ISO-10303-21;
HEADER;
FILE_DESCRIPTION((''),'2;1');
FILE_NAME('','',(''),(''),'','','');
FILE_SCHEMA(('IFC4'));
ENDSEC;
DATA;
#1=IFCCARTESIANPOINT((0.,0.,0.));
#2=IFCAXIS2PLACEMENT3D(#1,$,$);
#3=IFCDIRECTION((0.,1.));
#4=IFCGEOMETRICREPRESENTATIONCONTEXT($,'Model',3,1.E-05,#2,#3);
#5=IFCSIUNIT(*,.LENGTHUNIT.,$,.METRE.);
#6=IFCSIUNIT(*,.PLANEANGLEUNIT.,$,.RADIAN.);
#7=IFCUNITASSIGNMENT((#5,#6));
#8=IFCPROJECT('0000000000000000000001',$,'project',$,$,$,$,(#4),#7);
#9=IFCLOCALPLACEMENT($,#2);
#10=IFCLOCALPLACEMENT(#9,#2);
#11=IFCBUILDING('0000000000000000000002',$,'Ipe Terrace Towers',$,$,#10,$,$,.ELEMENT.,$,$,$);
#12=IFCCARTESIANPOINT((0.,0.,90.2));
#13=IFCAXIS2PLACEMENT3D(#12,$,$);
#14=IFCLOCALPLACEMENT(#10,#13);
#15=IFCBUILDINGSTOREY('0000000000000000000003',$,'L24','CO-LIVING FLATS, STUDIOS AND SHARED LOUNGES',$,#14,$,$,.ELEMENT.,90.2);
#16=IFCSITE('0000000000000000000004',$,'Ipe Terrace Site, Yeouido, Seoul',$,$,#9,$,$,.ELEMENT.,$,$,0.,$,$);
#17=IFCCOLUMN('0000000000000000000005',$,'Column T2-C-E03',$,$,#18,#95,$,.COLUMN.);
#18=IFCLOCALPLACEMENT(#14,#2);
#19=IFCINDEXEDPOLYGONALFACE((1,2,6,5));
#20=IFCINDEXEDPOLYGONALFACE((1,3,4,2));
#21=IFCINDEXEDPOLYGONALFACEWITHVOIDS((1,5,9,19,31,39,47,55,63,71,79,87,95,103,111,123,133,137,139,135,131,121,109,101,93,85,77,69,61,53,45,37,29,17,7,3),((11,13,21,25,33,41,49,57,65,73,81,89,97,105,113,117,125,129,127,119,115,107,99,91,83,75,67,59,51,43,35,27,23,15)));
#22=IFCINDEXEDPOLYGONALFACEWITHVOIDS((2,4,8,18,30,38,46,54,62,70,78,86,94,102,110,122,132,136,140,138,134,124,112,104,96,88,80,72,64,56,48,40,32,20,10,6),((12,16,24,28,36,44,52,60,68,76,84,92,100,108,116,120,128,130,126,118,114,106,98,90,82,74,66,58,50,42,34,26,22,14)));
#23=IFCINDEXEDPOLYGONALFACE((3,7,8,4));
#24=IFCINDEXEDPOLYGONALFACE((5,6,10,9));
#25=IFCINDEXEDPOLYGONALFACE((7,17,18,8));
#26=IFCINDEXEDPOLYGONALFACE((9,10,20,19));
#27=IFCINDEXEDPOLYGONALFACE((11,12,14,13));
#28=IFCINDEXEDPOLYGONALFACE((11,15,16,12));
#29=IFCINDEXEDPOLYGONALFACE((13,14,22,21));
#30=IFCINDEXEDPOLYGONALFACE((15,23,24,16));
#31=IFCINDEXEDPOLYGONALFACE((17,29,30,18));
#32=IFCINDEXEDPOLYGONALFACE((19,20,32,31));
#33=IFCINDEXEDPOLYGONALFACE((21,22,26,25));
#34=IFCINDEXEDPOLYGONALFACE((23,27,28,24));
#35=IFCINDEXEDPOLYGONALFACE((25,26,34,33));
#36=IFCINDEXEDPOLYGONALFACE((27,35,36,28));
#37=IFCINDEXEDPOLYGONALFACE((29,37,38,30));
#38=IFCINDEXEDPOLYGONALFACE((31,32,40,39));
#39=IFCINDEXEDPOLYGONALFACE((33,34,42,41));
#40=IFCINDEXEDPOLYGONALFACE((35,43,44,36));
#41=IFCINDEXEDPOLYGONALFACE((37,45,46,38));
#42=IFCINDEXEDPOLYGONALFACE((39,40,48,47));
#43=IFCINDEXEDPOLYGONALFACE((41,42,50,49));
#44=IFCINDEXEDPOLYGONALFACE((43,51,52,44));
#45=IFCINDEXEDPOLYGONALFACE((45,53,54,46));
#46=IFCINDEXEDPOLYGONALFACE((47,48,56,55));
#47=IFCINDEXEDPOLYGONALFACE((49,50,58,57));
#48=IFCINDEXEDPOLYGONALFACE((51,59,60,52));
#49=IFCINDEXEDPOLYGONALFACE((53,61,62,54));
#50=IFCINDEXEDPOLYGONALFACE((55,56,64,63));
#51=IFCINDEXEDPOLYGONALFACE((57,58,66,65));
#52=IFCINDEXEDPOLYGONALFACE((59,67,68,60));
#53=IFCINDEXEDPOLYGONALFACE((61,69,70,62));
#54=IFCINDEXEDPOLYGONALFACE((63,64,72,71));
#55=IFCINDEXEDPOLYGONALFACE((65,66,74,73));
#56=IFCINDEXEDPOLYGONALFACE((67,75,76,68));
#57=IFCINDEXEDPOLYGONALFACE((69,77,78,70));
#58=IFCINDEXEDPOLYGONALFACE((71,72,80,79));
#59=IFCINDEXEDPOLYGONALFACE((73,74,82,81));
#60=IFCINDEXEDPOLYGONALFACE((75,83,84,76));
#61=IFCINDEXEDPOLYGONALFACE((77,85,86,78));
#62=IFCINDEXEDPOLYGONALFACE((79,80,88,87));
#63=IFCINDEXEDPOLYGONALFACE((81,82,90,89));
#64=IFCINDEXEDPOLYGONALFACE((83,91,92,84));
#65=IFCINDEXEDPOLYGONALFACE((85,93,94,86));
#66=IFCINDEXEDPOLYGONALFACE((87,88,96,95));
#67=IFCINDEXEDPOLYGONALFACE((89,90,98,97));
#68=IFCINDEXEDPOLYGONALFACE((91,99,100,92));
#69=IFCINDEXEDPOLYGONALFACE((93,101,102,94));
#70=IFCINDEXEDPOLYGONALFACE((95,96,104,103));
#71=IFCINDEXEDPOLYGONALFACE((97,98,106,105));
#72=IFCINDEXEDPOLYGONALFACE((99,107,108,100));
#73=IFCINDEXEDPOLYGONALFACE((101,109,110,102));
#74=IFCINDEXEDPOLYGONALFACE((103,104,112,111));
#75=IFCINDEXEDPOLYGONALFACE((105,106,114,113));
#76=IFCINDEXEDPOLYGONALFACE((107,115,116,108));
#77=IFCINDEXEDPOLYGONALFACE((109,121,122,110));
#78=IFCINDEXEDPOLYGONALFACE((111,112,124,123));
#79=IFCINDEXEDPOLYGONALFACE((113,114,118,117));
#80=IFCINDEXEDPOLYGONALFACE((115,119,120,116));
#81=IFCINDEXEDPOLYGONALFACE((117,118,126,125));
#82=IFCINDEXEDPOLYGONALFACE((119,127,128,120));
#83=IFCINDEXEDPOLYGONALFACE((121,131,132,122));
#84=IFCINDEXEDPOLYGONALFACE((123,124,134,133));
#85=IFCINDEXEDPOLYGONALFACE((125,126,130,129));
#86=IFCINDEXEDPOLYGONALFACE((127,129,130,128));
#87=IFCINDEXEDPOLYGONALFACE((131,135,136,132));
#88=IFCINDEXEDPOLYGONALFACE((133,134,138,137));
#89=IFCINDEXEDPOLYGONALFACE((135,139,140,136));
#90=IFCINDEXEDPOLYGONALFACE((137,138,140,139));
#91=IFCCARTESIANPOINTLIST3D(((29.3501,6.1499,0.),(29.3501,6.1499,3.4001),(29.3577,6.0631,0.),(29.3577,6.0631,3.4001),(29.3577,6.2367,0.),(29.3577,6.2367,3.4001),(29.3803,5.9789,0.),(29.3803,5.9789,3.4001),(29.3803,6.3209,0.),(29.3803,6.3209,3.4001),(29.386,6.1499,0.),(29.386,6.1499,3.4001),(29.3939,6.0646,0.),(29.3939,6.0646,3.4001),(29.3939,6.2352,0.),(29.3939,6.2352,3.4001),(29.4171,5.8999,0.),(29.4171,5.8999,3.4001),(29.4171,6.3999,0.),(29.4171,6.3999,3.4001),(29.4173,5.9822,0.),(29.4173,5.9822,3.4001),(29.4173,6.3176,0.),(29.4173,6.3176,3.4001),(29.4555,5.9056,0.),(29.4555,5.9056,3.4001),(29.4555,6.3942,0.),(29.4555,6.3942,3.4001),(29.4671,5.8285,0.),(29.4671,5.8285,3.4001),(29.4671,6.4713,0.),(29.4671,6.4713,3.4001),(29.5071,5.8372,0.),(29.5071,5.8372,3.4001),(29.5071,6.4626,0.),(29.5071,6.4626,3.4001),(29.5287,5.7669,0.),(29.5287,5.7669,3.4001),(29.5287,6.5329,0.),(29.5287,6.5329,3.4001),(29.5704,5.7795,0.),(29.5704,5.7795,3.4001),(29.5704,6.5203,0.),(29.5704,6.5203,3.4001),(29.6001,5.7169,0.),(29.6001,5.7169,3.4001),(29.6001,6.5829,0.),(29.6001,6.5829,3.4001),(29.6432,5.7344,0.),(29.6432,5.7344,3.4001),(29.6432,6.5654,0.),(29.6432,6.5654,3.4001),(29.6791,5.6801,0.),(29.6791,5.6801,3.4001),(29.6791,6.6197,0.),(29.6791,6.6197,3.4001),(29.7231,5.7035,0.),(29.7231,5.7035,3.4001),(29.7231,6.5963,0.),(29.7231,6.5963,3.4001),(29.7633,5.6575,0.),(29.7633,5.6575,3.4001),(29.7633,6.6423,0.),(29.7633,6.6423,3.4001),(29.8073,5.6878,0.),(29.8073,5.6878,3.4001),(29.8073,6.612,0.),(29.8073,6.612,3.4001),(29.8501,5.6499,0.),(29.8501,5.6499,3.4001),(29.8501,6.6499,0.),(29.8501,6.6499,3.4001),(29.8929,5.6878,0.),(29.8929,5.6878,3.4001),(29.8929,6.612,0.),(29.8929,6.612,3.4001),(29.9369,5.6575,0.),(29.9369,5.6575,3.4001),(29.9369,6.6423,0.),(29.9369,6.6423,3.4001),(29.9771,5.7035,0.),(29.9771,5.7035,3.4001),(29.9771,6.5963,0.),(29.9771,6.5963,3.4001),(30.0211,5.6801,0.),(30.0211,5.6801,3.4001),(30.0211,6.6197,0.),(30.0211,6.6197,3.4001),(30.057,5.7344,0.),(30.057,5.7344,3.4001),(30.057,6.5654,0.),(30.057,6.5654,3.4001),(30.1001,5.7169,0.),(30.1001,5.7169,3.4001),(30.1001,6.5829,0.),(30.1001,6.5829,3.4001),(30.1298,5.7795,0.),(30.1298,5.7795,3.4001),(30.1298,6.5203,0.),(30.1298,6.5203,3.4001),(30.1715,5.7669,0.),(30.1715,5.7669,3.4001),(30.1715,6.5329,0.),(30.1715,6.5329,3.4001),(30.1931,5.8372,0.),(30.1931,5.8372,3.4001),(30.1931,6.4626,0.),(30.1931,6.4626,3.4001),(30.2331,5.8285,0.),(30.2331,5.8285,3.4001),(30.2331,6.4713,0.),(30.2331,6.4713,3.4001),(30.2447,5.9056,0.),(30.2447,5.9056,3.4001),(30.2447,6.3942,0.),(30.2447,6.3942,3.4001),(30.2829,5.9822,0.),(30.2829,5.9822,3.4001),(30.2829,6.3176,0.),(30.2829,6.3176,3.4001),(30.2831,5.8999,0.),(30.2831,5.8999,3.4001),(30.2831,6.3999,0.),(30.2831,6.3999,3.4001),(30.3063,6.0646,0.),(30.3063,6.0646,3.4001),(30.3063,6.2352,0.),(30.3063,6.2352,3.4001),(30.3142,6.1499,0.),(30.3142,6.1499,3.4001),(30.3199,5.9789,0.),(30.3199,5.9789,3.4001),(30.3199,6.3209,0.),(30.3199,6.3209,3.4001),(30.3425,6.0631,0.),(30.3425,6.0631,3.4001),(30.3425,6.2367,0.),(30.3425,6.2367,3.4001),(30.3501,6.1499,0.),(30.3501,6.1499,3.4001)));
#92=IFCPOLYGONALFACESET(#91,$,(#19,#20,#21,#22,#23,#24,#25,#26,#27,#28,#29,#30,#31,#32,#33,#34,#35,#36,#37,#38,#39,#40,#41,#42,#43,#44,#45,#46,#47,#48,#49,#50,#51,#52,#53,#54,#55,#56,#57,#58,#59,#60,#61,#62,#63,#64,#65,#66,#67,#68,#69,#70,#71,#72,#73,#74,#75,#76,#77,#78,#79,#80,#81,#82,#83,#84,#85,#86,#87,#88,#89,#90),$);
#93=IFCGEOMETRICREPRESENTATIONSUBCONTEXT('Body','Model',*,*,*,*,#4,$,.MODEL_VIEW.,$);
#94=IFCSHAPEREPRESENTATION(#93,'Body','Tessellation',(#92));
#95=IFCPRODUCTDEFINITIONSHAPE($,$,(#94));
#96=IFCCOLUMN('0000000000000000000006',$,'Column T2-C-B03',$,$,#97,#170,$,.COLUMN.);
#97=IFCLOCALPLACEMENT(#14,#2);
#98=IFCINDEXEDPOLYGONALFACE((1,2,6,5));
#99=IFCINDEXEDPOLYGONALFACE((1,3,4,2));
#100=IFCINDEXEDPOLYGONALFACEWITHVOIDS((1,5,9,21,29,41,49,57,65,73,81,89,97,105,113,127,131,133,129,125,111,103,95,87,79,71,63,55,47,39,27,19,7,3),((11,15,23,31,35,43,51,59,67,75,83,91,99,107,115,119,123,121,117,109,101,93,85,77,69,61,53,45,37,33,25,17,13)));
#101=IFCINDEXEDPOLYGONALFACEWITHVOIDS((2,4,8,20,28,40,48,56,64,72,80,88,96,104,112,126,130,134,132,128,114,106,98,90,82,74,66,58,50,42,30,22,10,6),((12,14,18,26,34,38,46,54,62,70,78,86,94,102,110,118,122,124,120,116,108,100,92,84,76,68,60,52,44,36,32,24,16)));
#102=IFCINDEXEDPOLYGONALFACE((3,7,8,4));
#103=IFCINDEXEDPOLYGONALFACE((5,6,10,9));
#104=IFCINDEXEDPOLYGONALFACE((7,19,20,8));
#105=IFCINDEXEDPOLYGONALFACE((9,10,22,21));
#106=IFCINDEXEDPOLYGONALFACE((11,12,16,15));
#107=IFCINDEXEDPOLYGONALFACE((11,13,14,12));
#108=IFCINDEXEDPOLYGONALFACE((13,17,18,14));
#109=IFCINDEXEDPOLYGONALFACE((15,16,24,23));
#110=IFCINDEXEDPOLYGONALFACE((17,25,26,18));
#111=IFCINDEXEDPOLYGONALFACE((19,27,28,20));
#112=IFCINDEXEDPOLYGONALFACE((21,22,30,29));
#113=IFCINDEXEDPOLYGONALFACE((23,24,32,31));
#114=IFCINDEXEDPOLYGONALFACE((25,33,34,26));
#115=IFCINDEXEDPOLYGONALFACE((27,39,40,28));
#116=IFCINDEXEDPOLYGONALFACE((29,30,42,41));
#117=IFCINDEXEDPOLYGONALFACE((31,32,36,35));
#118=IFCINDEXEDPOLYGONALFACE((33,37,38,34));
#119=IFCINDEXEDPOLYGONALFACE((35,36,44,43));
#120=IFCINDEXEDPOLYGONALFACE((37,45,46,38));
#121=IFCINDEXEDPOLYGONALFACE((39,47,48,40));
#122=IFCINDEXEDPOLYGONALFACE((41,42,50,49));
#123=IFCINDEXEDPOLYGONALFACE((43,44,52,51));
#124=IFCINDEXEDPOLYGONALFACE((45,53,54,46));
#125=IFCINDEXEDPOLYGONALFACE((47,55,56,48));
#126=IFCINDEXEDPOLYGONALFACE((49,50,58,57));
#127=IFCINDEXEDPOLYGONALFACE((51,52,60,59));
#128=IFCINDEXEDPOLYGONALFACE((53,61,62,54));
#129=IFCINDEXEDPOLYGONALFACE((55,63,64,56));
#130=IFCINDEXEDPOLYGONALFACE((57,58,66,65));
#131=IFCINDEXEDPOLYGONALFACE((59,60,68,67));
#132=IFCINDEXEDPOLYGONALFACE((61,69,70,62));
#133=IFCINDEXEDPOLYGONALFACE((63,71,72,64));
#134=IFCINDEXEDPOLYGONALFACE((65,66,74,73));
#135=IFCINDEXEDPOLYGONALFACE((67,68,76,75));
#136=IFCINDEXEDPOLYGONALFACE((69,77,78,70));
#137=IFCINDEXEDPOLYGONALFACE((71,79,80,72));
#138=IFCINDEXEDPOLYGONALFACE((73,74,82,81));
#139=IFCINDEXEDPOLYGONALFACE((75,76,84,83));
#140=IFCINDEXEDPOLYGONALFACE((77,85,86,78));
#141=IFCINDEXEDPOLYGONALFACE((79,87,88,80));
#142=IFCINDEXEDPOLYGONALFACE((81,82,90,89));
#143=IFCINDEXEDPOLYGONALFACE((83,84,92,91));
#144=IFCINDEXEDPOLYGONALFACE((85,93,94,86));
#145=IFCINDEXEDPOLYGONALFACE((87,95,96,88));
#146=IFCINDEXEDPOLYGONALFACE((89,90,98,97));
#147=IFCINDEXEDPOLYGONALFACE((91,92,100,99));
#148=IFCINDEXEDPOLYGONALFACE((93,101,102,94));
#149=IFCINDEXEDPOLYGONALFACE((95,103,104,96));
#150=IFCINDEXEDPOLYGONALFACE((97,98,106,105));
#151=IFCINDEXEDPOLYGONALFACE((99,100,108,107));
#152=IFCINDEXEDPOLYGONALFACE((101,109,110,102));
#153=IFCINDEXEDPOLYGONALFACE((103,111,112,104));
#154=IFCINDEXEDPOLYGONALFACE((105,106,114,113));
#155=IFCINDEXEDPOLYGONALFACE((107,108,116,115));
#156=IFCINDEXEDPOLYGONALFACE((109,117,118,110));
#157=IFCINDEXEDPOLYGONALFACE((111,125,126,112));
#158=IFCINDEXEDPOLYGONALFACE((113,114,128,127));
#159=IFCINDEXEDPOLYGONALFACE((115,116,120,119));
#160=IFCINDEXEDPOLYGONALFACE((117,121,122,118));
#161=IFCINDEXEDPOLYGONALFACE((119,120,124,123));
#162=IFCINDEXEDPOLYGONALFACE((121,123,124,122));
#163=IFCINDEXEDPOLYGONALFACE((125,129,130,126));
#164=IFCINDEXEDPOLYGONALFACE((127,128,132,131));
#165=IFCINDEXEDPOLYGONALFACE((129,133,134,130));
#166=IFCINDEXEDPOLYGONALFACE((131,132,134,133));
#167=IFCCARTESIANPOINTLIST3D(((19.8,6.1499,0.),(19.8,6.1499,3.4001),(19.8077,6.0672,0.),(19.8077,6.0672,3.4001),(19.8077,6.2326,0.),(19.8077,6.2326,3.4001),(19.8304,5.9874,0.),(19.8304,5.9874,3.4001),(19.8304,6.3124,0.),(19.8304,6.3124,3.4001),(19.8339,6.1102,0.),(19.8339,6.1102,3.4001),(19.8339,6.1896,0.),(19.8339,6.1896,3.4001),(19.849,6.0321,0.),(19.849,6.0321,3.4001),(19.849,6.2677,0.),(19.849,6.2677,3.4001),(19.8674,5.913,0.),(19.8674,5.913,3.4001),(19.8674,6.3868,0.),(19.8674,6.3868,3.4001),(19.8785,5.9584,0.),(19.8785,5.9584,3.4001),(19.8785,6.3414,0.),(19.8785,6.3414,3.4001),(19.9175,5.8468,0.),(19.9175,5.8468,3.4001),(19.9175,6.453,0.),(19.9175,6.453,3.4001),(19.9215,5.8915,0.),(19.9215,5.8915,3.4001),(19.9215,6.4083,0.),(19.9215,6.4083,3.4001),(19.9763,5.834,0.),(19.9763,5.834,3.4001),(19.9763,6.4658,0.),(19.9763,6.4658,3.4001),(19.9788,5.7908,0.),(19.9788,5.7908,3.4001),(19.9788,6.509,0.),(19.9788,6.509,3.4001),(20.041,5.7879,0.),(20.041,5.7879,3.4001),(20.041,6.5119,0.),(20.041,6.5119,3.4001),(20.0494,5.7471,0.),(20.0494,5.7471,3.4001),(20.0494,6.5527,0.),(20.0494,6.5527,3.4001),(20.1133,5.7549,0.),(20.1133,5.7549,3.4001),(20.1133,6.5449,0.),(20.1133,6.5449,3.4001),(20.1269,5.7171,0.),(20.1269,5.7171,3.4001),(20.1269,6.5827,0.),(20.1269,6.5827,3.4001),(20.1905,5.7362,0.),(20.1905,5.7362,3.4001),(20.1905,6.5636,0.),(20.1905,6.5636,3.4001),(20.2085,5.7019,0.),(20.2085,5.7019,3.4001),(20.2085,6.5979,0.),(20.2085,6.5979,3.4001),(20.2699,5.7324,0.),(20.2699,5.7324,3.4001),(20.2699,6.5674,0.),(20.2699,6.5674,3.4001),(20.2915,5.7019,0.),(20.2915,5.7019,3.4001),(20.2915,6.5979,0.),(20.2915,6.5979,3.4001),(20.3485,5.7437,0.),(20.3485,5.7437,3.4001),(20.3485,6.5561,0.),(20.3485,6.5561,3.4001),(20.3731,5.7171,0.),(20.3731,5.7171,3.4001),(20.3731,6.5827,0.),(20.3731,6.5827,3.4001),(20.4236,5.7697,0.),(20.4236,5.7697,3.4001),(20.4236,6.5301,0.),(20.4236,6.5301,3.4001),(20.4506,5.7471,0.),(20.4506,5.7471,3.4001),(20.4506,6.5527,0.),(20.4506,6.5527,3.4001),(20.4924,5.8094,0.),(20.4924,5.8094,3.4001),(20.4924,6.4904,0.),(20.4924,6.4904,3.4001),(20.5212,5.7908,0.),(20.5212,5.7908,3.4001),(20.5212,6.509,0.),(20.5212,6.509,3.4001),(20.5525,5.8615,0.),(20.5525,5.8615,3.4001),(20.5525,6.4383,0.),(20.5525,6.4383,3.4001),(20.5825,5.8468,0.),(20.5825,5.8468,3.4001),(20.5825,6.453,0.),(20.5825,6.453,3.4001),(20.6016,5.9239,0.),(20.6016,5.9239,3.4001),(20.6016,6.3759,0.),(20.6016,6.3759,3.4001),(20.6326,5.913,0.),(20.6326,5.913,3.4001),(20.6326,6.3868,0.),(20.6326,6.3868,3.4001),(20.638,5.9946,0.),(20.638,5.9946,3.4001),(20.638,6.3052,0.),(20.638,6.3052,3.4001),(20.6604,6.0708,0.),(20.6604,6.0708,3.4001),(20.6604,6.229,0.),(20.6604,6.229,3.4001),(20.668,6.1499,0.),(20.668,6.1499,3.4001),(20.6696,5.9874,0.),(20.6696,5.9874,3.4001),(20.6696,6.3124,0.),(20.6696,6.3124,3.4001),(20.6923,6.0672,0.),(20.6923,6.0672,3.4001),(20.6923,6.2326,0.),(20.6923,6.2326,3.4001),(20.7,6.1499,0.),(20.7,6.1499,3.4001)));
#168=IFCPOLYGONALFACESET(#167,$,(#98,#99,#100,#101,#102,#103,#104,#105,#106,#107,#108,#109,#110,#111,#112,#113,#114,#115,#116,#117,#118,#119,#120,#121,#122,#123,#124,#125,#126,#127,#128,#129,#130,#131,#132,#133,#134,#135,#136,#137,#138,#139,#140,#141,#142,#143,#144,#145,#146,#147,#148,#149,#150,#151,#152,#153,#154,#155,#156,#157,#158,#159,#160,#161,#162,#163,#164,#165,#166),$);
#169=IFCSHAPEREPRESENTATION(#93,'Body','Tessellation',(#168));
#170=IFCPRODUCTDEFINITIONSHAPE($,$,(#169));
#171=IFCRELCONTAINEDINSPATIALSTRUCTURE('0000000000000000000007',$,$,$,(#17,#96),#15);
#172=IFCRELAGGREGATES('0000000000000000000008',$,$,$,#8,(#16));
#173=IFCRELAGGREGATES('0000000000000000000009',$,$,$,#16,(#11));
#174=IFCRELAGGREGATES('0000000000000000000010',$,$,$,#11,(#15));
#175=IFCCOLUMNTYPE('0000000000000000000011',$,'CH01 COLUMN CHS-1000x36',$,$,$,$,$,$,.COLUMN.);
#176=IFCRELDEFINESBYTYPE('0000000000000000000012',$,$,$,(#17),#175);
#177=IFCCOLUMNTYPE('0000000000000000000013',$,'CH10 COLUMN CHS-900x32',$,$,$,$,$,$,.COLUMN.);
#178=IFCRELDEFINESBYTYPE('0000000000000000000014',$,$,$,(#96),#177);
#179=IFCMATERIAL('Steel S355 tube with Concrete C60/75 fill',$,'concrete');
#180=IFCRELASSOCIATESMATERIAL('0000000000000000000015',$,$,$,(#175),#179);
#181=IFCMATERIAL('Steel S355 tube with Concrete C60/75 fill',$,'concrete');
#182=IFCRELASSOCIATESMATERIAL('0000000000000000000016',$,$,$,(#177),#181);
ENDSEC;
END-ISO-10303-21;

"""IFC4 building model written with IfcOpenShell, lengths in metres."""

from ifc_helpers import new_model, si_unit, direction, frame, origin, origin_2d, place, context, subcontext, project, spatial, hollow_circle, extrude, material, material_profile, profile_set, type_object, element, save


model = new_model("IFC4")

# Units and contexts
model_context = context("Model", 3, precision=1e-05, world=origin(), true_north=direction((0.0, 1.0)))
body_context = subcontext(model_context, "Body", "Model", "MODEL_VIEW")
ifc_project = project(units=[si_unit("LENGTHUNIT", "METRE"), si_unit("PLANEANGLEUNIT", "RADIAN")], contexts=[model_context])

# Site, building, storey
site_placement = place(None, origin())
site = spatial("IfcSite", under=ifc_project, at=site_placement, Name="Ipe Terrace Site, Yeouido, Seoul", CompositionType="ELEMENT", RefElevation=0.0)
building_placement = place(site_placement, origin())
building = spatial("IfcBuilding", under=site, at=building_placement, Name="Ipe Terrace Towers", CompositionType="ELEMENT")
storey_placement = place(building_placement, frame((0.0, 0.0, 90.2)))
storey = spatial("IfcBuildingStorey", under=building, at=storey_placement, Name="L24", Description="CO-LIVING FLATS, STUDIOS AND SHARED LOUNGES", CompositionType="ELEMENT", Elevation=90.2)

# Columns
ifc_material_1 = material(Name="Steel S355 tube with Concrete C60/75 fill", Category="concrete")
ifc_material_profile_1 = material_profile(ifc_material_1, hollow_circle(Radius=0.5, WallThickness=0.0359, at=origin_2d()), Name="CHS-1000x36")
ifc_profile_set_1 = profile_set([ifc_material_profile_1], Name="Steel S355 tube with Concrete C60/75 fill")
column_type_1 = type_object("IfcColumnType", Name="CH01 COLUMN CHS-1000x36", PredefinedType="COLUMN", material=ifc_profile_set_1)
column_placement = place(storey_placement, frame((29.8501, 6.1499, 0.0), z_axis=(0.0, 0.0, 1.0), x_axis=(1.0, 0.0, 0.0)))
element("IfcColumn", 1, at=column_placement, inside=storey, type_object=column_type_1, Name="Column T2-C-E03", PredefinedType="COLUMN", context=body_context, shape_type="SweptSolid", body=[
    extrude(hollow_circle(Radius=0.5, WallThickness=0.0359, at=origin_2d()), origin(), (0.0, 0.0, 1.0), 3.4001),
])
ifc_material_2 = material(Name="Steel S355 tube with Concrete C60/75 fill", Category="concrete")
ifc_material_profile_2 = material_profile(ifc_material_2, hollow_circle(Radius=0.45, WallThickness=0.032, at=origin_2d()), Name="CHS-900x32")
ifc_profile_set_2 = profile_set([ifc_material_profile_2], Name="Steel S355 tube with Concrete C60/75 fill")
column_type_2 = type_object("IfcColumnType", Name="CH10 COLUMN CHS-900x32", PredefinedType="COLUMN", material=ifc_profile_set_2)
for number, where, z_axis, x_axis, name in (
    (2, (20.25, 6.1499, 0.0), (0.0, 0.0, 1.0), (1.0, 0.0, 0.0), "Column T2-C-B03"),
):
    element("IfcColumn", number, at=place(storey_placement, frame(where, z_axis=z_axis, x_axis=x_axis)), inside=storey, type_object=column_type_2, Name=name, PredefinedType="COLUMN", context=body_context, shape_type="SweptSolid", body=[
        extrude(hollow_circle(Radius=0.45, WallThickness=0.032, at=origin_2d()), origin(), (0.0, 0.0, 1.0), 3.4001),
    ])

save(model, "model.ifc")
